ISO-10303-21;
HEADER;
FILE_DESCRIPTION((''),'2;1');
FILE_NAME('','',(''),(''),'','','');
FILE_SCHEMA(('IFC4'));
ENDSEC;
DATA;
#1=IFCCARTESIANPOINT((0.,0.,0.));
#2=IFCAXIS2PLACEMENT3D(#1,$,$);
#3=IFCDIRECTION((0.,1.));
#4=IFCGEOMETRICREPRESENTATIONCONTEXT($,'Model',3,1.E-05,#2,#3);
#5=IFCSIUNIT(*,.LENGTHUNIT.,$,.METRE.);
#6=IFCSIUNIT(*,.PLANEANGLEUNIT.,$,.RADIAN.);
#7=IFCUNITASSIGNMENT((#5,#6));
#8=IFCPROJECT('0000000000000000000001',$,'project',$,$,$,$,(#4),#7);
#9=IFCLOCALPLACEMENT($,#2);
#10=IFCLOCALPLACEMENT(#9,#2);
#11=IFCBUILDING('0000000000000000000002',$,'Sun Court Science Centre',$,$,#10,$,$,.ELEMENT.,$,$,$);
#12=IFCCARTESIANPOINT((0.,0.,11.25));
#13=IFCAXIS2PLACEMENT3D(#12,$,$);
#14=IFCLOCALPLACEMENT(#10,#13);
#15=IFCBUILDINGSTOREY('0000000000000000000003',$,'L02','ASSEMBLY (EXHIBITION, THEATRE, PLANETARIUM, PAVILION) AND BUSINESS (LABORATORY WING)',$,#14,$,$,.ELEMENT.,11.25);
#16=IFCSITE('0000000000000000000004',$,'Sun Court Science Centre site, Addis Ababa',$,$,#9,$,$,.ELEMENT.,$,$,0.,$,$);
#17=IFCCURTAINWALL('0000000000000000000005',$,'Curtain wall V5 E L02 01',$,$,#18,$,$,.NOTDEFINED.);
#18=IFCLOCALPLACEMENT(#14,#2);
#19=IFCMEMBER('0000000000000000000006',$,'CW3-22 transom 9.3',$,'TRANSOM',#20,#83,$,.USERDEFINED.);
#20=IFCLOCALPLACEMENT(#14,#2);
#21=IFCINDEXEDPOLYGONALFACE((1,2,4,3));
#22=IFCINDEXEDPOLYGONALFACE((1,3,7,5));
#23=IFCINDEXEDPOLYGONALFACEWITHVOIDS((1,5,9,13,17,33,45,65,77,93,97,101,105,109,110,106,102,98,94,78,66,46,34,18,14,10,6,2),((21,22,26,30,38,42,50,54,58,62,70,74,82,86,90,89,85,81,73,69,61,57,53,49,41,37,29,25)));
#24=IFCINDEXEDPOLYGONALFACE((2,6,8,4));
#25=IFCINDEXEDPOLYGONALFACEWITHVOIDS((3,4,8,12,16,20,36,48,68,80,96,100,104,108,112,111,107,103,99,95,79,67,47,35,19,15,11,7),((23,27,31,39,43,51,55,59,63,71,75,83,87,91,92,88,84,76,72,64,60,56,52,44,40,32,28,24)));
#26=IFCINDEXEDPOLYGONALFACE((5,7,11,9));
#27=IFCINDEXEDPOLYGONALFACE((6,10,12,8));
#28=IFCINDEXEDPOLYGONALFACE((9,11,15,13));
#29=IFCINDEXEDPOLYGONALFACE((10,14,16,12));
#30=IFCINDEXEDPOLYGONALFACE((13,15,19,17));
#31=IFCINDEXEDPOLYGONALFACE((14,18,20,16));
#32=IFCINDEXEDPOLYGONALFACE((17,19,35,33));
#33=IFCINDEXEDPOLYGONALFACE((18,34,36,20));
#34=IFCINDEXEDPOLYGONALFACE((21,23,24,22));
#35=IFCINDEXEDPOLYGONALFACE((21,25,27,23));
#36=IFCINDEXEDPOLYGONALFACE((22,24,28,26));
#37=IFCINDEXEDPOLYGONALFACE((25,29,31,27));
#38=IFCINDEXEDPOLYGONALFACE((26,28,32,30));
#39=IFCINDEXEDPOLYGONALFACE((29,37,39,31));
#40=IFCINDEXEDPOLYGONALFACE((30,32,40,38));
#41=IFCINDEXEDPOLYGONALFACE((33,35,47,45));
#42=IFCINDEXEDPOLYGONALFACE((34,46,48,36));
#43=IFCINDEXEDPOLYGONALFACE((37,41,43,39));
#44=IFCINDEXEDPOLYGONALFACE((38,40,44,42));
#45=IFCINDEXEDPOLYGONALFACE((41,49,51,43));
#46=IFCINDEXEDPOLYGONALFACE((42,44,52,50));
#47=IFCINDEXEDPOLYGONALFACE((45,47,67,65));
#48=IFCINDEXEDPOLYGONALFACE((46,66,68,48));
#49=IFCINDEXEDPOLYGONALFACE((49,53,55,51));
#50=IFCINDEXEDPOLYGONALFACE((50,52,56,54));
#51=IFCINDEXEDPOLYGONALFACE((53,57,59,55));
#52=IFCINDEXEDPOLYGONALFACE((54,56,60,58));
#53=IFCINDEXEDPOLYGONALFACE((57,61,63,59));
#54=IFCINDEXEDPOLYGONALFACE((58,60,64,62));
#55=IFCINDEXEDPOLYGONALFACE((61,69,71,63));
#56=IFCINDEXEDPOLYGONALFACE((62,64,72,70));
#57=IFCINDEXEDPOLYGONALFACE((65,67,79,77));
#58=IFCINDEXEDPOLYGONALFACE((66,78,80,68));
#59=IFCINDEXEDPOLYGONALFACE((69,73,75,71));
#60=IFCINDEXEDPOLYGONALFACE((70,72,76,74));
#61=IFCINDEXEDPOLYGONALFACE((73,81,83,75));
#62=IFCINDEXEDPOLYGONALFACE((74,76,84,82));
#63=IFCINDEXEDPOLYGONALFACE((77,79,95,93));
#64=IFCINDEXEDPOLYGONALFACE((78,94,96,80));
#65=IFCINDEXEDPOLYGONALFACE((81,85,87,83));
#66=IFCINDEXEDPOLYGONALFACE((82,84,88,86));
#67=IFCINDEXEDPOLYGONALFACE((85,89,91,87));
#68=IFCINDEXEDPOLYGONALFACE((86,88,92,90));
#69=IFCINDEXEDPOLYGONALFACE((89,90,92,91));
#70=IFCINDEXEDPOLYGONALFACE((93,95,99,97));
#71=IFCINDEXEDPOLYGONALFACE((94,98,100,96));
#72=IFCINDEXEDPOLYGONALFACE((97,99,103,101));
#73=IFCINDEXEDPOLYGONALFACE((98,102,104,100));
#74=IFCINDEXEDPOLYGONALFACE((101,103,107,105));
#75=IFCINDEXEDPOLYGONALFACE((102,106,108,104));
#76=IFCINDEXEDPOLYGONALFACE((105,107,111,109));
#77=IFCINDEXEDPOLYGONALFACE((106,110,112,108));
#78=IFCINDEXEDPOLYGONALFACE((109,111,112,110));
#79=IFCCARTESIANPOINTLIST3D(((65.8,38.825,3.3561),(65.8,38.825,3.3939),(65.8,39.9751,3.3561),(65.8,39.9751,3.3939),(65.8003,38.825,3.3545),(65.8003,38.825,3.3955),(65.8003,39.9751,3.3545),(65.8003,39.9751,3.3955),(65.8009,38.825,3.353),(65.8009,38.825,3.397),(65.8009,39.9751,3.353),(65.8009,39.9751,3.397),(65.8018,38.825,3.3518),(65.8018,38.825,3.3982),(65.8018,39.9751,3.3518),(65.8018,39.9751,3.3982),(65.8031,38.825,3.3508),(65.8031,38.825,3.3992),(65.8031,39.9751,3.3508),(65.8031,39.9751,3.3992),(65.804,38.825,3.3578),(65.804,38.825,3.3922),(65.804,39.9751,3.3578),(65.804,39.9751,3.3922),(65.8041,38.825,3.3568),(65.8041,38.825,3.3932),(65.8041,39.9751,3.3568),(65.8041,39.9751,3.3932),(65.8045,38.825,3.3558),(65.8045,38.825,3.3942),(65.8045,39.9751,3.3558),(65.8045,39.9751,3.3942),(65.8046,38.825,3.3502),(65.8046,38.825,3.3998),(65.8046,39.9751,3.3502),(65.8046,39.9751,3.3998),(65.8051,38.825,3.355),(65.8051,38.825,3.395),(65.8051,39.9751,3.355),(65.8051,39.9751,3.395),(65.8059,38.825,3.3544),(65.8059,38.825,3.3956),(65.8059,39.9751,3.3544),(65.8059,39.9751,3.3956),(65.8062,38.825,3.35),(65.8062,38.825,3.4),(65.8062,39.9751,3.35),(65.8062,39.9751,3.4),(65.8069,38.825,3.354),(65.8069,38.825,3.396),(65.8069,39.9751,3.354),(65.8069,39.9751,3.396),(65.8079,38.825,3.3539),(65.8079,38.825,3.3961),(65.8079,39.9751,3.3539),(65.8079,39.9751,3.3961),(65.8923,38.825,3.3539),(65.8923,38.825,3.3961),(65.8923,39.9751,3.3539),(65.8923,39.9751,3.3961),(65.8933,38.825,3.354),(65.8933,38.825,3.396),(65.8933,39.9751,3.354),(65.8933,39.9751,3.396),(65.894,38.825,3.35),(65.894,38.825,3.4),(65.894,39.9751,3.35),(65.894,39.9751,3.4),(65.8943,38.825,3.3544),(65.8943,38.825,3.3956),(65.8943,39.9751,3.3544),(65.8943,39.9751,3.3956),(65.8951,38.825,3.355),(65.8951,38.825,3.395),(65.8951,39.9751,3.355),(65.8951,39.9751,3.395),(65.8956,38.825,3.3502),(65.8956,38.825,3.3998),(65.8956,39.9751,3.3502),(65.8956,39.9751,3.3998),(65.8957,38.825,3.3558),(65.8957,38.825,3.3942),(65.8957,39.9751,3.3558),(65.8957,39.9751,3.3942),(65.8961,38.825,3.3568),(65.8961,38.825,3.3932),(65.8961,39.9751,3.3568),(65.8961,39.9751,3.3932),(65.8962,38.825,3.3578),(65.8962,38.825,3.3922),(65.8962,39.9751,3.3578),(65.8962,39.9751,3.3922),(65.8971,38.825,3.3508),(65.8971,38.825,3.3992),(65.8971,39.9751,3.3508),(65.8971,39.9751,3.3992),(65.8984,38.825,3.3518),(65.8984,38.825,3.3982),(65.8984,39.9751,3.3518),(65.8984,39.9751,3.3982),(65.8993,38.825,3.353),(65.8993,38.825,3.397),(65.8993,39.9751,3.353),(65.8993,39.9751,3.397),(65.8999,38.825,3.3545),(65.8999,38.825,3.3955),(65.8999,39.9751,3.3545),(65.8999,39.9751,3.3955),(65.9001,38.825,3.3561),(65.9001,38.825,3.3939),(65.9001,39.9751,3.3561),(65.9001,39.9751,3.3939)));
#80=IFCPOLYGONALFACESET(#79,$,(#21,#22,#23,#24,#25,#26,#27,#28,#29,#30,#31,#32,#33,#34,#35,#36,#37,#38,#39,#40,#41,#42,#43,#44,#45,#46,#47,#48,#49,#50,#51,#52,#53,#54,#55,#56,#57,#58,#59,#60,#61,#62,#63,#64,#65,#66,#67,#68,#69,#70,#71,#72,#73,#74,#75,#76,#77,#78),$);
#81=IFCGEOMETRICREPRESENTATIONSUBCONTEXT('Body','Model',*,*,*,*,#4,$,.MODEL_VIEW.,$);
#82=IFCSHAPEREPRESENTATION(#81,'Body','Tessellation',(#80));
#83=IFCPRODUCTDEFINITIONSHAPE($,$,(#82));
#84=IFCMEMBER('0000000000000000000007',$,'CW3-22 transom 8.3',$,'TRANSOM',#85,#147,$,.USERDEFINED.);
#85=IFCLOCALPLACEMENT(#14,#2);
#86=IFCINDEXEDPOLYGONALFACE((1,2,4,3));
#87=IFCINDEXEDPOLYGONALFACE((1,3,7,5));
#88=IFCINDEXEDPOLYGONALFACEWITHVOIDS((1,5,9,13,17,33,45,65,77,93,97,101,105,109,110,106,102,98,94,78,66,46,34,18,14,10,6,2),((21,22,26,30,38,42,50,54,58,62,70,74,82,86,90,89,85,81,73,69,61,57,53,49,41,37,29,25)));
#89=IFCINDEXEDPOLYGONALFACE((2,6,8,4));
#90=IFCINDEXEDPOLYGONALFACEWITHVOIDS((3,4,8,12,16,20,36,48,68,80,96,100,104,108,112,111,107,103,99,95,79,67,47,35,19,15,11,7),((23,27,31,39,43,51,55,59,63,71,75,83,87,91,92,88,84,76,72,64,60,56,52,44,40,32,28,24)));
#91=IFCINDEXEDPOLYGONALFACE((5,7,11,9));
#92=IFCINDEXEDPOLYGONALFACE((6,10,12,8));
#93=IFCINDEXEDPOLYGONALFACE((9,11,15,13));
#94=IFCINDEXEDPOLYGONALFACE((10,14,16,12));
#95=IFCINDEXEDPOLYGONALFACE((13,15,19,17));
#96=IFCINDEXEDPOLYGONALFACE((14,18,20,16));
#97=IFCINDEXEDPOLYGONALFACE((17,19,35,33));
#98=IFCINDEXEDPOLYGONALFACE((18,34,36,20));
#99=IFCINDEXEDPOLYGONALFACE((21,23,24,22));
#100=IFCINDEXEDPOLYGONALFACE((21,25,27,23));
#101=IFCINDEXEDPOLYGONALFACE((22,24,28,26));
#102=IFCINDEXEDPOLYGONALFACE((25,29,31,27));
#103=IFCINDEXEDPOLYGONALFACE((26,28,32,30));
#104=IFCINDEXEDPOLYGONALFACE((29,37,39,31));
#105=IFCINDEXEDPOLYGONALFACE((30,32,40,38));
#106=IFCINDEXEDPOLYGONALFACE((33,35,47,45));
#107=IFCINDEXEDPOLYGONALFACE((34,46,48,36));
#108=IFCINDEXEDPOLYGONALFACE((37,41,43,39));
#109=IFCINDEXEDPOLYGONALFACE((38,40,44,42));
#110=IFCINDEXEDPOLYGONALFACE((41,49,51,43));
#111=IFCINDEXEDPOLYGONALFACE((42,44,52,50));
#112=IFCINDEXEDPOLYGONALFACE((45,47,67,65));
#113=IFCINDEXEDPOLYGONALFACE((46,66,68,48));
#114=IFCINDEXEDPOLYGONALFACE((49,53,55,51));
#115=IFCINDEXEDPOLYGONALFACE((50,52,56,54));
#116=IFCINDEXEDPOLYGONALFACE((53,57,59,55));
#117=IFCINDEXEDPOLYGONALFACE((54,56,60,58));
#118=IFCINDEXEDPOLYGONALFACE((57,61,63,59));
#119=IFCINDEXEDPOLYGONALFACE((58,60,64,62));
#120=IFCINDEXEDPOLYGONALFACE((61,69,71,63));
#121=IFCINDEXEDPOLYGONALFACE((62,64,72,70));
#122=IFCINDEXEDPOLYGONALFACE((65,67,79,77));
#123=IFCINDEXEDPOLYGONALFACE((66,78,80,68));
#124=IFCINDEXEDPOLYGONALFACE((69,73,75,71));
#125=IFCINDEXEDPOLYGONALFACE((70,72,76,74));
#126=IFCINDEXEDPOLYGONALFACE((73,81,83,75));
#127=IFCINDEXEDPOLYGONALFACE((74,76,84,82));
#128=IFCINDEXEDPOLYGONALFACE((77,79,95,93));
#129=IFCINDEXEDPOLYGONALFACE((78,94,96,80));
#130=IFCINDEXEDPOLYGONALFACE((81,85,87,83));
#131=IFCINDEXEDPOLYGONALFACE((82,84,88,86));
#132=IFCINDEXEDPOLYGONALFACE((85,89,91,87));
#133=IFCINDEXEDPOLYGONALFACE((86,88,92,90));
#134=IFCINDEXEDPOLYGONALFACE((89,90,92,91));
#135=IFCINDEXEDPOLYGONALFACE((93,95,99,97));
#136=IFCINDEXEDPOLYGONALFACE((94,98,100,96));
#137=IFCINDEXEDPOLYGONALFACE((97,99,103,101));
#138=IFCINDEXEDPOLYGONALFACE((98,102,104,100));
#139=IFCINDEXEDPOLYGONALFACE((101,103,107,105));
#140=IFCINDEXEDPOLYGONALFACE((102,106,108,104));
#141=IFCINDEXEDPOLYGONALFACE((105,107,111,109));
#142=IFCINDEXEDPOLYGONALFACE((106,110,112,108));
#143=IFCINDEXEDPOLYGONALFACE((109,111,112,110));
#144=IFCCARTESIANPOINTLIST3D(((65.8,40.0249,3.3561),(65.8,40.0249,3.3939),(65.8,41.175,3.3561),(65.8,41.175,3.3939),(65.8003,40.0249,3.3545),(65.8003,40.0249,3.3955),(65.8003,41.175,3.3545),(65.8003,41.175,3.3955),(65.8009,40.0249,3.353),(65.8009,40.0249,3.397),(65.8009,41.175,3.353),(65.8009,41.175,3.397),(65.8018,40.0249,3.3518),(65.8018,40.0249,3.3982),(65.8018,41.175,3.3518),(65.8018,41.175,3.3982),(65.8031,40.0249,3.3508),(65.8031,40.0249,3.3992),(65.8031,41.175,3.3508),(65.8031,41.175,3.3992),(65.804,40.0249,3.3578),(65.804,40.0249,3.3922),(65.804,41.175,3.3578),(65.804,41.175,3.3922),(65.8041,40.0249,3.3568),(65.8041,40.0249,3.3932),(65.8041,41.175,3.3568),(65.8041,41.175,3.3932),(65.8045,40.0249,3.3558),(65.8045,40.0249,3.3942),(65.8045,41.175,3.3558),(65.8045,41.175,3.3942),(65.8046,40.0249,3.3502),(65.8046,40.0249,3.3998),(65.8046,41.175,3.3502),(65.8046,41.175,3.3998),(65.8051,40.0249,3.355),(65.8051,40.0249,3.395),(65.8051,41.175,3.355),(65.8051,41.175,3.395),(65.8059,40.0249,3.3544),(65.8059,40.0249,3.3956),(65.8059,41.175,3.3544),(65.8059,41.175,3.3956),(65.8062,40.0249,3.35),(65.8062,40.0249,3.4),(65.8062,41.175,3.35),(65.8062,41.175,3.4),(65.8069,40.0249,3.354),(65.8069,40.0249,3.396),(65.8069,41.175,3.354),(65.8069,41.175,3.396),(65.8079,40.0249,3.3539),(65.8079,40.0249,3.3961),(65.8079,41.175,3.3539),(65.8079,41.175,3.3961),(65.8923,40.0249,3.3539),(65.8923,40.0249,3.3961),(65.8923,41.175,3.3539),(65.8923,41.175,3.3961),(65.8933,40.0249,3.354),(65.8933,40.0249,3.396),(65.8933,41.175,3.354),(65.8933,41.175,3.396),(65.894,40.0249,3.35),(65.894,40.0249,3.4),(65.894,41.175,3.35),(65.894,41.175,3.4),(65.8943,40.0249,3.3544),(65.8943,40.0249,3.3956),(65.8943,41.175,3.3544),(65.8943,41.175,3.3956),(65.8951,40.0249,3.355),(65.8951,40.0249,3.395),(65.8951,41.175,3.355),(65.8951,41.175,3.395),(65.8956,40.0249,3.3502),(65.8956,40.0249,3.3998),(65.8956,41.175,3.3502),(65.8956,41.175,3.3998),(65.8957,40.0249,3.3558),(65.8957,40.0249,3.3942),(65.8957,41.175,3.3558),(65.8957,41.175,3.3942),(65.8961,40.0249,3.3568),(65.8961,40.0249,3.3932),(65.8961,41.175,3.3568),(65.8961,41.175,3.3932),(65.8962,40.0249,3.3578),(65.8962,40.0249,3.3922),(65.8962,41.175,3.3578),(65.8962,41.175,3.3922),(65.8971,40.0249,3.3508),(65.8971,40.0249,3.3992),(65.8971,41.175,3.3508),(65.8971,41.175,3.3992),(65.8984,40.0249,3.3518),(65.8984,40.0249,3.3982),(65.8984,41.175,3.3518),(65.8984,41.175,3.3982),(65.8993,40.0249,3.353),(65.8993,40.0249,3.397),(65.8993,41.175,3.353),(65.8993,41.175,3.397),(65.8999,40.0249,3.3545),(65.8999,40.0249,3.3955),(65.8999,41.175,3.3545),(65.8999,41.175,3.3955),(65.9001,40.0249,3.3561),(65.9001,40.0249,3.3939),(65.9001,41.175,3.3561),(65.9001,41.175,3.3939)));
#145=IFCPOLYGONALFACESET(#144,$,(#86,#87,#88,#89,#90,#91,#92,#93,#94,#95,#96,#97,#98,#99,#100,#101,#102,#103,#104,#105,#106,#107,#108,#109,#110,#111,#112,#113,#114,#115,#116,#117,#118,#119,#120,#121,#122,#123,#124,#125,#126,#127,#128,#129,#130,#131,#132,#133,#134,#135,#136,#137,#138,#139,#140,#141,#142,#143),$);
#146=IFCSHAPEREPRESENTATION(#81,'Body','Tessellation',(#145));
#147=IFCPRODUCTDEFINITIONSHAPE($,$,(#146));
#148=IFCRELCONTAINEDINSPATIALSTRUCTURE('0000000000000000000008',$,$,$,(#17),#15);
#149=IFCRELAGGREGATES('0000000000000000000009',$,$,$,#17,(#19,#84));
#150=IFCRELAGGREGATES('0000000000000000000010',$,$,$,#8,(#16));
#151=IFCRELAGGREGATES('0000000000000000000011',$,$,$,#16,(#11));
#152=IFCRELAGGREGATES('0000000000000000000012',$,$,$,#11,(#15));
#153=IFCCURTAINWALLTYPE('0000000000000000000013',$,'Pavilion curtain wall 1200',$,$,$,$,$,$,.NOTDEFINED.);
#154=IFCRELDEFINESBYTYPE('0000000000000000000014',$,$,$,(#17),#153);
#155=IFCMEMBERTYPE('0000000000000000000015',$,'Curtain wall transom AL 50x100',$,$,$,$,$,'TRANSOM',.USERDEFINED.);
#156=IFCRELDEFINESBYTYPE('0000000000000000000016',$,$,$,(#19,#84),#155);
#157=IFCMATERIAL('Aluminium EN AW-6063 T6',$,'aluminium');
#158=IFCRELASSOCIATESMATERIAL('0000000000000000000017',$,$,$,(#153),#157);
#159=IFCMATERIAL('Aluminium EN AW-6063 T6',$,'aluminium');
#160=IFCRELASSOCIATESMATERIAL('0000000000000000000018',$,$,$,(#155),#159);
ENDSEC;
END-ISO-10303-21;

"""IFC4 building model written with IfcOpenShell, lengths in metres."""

from ifc_helpers import new_model, si_unit, direction, frame, origin, origin_2d, place, context, subcontext, project, spatial, hollow_rectangle, extrude, material, material_profile, profile_set, type_object, element, aggregate, save


model = new_model("IFC4")

# Units and contexts
model_context = context("Model", 3, precision=1e-05, world=origin(), true_north=direction((0.0, 1.0)))
body_context = subcontext(model_context, "Body", "Model", "MODEL_VIEW")
ifc_project = project(units=[si_unit("LENGTHUNIT", "METRE"), si_unit("PLANEANGLEUNIT", "RADIAN")], contexts=[model_context])

# Site, building, storey
site_placement = place(None, origin())
site = spatial("IfcSite", under=ifc_project, at=site_placement, Name="Sun Court Science Centre site, Addis Ababa", CompositionType="ELEMENT", RefElevation=0.0)
building_placement = place(site_placement, origin())
building = spatial("IfcBuilding", under=site, at=building_placement, Name="Sun Court Science Centre", CompositionType="ELEMENT")
storey_placement = place(building_placement, frame((0.0, 0.0, 11.25)))
storey = spatial("IfcBuildingStorey", under=building, at=storey_placement, Name="L02", Description="ASSEMBLY (EXHIBITION, THEATRE, PLANETARIUM, PAVILION) AND BUSINESS (LABORATORY WING)", CompositionType="ELEMENT", Elevation=11.25)

# Curtain wall, members
ifc_material_1 = material(Name="Aluminium EN AW-6063 T6", Category="aluminium")
curtain_wall_type = type_object("IfcCurtainWallType", Name="Pavilion curtain wall 1200", PredefinedType="NOTDEFINED", material=ifc_material_1)
curtain_wall_placement = place(storey_placement, origin())
curtain_wall = element("IfcCurtainWall", 1, at=curtain_wall_placement, inside=storey, type_object=curtain_wall_type, Name="Curtain wall V5 E L02 01", PredefinedType="NOTDEFINED")
ifc_material_2 = material(Name="Aluminium EN AW-6063 T6", Category="aluminium")
ifc_material_profile_1 = material_profile(ifc_material_2, hollow_rectangle(XDim=0.05, YDim=0.1001, WallThickness=0.0039, InnerFilletRadius=0.0039, OuterFilletRadius=0.0061, at=origin_2d()), Name="AL 50x100x4")
ifc_profile_set_1 = profile_set([ifc_material_profile_1], Name="Aluminium EN AW-6063 T6")
member_type_1 = type_object("IfcMemberType", Name="Curtain wall transom AL 50x100", ElementType="TRANSOM", PredefinedType="USERDEFINED", material=ifc_profile_set_1)
member_1_placement = place(storey_placement, frame((65.8501, 39.9751, 3.375), z_axis=(0.0, -1.0, 0.0), x_axis=(0.0, 0.0, 1.0)))
member_1 = element("IfcMember", 2, at=member_1_placement, type_object=member_type_1, Name="CW3-22 transom 9.3", ObjectType="TRANSOM", PredefinedType="USERDEFINED", context=body_context, shape_type="SweptSolid", body=[
    extrude(hollow_rectangle(XDim=0.05, YDim=0.1001, WallThickness=0.0039, InnerFilletRadius=0.0039, OuterFilletRadius=0.0061, at=origin_2d()), origin(), (0.0, 0.0, 1.0), 1.1501),
])
member_2_placement = place(storey_placement, frame((65.8501, 41.175, 3.375), z_axis=(0.0, -1.0, 0.0), x_axis=(0.0, 0.0, 1.0)))
member_2 = element("IfcMember", 3, at=member_2_placement, type_object=member_type_1, Name="CW3-22 transom 8.3", ObjectType="TRANSOM", PredefinedType="USERDEFINED", context=body_context, shape_type="SweptSolid", body=[
    extrude(hollow_rectangle(XDim=0.05, YDim=0.1001, WallThickness=0.0039, InnerFilletRadius=0.0039, OuterFilletRadius=0.0061, at=origin_2d()), origin(), (0.0, 0.0, 1.0), 1.1501),
])
aggregate(curtain_wall, [member_1, member_2])

save(model, "model.ifc")
